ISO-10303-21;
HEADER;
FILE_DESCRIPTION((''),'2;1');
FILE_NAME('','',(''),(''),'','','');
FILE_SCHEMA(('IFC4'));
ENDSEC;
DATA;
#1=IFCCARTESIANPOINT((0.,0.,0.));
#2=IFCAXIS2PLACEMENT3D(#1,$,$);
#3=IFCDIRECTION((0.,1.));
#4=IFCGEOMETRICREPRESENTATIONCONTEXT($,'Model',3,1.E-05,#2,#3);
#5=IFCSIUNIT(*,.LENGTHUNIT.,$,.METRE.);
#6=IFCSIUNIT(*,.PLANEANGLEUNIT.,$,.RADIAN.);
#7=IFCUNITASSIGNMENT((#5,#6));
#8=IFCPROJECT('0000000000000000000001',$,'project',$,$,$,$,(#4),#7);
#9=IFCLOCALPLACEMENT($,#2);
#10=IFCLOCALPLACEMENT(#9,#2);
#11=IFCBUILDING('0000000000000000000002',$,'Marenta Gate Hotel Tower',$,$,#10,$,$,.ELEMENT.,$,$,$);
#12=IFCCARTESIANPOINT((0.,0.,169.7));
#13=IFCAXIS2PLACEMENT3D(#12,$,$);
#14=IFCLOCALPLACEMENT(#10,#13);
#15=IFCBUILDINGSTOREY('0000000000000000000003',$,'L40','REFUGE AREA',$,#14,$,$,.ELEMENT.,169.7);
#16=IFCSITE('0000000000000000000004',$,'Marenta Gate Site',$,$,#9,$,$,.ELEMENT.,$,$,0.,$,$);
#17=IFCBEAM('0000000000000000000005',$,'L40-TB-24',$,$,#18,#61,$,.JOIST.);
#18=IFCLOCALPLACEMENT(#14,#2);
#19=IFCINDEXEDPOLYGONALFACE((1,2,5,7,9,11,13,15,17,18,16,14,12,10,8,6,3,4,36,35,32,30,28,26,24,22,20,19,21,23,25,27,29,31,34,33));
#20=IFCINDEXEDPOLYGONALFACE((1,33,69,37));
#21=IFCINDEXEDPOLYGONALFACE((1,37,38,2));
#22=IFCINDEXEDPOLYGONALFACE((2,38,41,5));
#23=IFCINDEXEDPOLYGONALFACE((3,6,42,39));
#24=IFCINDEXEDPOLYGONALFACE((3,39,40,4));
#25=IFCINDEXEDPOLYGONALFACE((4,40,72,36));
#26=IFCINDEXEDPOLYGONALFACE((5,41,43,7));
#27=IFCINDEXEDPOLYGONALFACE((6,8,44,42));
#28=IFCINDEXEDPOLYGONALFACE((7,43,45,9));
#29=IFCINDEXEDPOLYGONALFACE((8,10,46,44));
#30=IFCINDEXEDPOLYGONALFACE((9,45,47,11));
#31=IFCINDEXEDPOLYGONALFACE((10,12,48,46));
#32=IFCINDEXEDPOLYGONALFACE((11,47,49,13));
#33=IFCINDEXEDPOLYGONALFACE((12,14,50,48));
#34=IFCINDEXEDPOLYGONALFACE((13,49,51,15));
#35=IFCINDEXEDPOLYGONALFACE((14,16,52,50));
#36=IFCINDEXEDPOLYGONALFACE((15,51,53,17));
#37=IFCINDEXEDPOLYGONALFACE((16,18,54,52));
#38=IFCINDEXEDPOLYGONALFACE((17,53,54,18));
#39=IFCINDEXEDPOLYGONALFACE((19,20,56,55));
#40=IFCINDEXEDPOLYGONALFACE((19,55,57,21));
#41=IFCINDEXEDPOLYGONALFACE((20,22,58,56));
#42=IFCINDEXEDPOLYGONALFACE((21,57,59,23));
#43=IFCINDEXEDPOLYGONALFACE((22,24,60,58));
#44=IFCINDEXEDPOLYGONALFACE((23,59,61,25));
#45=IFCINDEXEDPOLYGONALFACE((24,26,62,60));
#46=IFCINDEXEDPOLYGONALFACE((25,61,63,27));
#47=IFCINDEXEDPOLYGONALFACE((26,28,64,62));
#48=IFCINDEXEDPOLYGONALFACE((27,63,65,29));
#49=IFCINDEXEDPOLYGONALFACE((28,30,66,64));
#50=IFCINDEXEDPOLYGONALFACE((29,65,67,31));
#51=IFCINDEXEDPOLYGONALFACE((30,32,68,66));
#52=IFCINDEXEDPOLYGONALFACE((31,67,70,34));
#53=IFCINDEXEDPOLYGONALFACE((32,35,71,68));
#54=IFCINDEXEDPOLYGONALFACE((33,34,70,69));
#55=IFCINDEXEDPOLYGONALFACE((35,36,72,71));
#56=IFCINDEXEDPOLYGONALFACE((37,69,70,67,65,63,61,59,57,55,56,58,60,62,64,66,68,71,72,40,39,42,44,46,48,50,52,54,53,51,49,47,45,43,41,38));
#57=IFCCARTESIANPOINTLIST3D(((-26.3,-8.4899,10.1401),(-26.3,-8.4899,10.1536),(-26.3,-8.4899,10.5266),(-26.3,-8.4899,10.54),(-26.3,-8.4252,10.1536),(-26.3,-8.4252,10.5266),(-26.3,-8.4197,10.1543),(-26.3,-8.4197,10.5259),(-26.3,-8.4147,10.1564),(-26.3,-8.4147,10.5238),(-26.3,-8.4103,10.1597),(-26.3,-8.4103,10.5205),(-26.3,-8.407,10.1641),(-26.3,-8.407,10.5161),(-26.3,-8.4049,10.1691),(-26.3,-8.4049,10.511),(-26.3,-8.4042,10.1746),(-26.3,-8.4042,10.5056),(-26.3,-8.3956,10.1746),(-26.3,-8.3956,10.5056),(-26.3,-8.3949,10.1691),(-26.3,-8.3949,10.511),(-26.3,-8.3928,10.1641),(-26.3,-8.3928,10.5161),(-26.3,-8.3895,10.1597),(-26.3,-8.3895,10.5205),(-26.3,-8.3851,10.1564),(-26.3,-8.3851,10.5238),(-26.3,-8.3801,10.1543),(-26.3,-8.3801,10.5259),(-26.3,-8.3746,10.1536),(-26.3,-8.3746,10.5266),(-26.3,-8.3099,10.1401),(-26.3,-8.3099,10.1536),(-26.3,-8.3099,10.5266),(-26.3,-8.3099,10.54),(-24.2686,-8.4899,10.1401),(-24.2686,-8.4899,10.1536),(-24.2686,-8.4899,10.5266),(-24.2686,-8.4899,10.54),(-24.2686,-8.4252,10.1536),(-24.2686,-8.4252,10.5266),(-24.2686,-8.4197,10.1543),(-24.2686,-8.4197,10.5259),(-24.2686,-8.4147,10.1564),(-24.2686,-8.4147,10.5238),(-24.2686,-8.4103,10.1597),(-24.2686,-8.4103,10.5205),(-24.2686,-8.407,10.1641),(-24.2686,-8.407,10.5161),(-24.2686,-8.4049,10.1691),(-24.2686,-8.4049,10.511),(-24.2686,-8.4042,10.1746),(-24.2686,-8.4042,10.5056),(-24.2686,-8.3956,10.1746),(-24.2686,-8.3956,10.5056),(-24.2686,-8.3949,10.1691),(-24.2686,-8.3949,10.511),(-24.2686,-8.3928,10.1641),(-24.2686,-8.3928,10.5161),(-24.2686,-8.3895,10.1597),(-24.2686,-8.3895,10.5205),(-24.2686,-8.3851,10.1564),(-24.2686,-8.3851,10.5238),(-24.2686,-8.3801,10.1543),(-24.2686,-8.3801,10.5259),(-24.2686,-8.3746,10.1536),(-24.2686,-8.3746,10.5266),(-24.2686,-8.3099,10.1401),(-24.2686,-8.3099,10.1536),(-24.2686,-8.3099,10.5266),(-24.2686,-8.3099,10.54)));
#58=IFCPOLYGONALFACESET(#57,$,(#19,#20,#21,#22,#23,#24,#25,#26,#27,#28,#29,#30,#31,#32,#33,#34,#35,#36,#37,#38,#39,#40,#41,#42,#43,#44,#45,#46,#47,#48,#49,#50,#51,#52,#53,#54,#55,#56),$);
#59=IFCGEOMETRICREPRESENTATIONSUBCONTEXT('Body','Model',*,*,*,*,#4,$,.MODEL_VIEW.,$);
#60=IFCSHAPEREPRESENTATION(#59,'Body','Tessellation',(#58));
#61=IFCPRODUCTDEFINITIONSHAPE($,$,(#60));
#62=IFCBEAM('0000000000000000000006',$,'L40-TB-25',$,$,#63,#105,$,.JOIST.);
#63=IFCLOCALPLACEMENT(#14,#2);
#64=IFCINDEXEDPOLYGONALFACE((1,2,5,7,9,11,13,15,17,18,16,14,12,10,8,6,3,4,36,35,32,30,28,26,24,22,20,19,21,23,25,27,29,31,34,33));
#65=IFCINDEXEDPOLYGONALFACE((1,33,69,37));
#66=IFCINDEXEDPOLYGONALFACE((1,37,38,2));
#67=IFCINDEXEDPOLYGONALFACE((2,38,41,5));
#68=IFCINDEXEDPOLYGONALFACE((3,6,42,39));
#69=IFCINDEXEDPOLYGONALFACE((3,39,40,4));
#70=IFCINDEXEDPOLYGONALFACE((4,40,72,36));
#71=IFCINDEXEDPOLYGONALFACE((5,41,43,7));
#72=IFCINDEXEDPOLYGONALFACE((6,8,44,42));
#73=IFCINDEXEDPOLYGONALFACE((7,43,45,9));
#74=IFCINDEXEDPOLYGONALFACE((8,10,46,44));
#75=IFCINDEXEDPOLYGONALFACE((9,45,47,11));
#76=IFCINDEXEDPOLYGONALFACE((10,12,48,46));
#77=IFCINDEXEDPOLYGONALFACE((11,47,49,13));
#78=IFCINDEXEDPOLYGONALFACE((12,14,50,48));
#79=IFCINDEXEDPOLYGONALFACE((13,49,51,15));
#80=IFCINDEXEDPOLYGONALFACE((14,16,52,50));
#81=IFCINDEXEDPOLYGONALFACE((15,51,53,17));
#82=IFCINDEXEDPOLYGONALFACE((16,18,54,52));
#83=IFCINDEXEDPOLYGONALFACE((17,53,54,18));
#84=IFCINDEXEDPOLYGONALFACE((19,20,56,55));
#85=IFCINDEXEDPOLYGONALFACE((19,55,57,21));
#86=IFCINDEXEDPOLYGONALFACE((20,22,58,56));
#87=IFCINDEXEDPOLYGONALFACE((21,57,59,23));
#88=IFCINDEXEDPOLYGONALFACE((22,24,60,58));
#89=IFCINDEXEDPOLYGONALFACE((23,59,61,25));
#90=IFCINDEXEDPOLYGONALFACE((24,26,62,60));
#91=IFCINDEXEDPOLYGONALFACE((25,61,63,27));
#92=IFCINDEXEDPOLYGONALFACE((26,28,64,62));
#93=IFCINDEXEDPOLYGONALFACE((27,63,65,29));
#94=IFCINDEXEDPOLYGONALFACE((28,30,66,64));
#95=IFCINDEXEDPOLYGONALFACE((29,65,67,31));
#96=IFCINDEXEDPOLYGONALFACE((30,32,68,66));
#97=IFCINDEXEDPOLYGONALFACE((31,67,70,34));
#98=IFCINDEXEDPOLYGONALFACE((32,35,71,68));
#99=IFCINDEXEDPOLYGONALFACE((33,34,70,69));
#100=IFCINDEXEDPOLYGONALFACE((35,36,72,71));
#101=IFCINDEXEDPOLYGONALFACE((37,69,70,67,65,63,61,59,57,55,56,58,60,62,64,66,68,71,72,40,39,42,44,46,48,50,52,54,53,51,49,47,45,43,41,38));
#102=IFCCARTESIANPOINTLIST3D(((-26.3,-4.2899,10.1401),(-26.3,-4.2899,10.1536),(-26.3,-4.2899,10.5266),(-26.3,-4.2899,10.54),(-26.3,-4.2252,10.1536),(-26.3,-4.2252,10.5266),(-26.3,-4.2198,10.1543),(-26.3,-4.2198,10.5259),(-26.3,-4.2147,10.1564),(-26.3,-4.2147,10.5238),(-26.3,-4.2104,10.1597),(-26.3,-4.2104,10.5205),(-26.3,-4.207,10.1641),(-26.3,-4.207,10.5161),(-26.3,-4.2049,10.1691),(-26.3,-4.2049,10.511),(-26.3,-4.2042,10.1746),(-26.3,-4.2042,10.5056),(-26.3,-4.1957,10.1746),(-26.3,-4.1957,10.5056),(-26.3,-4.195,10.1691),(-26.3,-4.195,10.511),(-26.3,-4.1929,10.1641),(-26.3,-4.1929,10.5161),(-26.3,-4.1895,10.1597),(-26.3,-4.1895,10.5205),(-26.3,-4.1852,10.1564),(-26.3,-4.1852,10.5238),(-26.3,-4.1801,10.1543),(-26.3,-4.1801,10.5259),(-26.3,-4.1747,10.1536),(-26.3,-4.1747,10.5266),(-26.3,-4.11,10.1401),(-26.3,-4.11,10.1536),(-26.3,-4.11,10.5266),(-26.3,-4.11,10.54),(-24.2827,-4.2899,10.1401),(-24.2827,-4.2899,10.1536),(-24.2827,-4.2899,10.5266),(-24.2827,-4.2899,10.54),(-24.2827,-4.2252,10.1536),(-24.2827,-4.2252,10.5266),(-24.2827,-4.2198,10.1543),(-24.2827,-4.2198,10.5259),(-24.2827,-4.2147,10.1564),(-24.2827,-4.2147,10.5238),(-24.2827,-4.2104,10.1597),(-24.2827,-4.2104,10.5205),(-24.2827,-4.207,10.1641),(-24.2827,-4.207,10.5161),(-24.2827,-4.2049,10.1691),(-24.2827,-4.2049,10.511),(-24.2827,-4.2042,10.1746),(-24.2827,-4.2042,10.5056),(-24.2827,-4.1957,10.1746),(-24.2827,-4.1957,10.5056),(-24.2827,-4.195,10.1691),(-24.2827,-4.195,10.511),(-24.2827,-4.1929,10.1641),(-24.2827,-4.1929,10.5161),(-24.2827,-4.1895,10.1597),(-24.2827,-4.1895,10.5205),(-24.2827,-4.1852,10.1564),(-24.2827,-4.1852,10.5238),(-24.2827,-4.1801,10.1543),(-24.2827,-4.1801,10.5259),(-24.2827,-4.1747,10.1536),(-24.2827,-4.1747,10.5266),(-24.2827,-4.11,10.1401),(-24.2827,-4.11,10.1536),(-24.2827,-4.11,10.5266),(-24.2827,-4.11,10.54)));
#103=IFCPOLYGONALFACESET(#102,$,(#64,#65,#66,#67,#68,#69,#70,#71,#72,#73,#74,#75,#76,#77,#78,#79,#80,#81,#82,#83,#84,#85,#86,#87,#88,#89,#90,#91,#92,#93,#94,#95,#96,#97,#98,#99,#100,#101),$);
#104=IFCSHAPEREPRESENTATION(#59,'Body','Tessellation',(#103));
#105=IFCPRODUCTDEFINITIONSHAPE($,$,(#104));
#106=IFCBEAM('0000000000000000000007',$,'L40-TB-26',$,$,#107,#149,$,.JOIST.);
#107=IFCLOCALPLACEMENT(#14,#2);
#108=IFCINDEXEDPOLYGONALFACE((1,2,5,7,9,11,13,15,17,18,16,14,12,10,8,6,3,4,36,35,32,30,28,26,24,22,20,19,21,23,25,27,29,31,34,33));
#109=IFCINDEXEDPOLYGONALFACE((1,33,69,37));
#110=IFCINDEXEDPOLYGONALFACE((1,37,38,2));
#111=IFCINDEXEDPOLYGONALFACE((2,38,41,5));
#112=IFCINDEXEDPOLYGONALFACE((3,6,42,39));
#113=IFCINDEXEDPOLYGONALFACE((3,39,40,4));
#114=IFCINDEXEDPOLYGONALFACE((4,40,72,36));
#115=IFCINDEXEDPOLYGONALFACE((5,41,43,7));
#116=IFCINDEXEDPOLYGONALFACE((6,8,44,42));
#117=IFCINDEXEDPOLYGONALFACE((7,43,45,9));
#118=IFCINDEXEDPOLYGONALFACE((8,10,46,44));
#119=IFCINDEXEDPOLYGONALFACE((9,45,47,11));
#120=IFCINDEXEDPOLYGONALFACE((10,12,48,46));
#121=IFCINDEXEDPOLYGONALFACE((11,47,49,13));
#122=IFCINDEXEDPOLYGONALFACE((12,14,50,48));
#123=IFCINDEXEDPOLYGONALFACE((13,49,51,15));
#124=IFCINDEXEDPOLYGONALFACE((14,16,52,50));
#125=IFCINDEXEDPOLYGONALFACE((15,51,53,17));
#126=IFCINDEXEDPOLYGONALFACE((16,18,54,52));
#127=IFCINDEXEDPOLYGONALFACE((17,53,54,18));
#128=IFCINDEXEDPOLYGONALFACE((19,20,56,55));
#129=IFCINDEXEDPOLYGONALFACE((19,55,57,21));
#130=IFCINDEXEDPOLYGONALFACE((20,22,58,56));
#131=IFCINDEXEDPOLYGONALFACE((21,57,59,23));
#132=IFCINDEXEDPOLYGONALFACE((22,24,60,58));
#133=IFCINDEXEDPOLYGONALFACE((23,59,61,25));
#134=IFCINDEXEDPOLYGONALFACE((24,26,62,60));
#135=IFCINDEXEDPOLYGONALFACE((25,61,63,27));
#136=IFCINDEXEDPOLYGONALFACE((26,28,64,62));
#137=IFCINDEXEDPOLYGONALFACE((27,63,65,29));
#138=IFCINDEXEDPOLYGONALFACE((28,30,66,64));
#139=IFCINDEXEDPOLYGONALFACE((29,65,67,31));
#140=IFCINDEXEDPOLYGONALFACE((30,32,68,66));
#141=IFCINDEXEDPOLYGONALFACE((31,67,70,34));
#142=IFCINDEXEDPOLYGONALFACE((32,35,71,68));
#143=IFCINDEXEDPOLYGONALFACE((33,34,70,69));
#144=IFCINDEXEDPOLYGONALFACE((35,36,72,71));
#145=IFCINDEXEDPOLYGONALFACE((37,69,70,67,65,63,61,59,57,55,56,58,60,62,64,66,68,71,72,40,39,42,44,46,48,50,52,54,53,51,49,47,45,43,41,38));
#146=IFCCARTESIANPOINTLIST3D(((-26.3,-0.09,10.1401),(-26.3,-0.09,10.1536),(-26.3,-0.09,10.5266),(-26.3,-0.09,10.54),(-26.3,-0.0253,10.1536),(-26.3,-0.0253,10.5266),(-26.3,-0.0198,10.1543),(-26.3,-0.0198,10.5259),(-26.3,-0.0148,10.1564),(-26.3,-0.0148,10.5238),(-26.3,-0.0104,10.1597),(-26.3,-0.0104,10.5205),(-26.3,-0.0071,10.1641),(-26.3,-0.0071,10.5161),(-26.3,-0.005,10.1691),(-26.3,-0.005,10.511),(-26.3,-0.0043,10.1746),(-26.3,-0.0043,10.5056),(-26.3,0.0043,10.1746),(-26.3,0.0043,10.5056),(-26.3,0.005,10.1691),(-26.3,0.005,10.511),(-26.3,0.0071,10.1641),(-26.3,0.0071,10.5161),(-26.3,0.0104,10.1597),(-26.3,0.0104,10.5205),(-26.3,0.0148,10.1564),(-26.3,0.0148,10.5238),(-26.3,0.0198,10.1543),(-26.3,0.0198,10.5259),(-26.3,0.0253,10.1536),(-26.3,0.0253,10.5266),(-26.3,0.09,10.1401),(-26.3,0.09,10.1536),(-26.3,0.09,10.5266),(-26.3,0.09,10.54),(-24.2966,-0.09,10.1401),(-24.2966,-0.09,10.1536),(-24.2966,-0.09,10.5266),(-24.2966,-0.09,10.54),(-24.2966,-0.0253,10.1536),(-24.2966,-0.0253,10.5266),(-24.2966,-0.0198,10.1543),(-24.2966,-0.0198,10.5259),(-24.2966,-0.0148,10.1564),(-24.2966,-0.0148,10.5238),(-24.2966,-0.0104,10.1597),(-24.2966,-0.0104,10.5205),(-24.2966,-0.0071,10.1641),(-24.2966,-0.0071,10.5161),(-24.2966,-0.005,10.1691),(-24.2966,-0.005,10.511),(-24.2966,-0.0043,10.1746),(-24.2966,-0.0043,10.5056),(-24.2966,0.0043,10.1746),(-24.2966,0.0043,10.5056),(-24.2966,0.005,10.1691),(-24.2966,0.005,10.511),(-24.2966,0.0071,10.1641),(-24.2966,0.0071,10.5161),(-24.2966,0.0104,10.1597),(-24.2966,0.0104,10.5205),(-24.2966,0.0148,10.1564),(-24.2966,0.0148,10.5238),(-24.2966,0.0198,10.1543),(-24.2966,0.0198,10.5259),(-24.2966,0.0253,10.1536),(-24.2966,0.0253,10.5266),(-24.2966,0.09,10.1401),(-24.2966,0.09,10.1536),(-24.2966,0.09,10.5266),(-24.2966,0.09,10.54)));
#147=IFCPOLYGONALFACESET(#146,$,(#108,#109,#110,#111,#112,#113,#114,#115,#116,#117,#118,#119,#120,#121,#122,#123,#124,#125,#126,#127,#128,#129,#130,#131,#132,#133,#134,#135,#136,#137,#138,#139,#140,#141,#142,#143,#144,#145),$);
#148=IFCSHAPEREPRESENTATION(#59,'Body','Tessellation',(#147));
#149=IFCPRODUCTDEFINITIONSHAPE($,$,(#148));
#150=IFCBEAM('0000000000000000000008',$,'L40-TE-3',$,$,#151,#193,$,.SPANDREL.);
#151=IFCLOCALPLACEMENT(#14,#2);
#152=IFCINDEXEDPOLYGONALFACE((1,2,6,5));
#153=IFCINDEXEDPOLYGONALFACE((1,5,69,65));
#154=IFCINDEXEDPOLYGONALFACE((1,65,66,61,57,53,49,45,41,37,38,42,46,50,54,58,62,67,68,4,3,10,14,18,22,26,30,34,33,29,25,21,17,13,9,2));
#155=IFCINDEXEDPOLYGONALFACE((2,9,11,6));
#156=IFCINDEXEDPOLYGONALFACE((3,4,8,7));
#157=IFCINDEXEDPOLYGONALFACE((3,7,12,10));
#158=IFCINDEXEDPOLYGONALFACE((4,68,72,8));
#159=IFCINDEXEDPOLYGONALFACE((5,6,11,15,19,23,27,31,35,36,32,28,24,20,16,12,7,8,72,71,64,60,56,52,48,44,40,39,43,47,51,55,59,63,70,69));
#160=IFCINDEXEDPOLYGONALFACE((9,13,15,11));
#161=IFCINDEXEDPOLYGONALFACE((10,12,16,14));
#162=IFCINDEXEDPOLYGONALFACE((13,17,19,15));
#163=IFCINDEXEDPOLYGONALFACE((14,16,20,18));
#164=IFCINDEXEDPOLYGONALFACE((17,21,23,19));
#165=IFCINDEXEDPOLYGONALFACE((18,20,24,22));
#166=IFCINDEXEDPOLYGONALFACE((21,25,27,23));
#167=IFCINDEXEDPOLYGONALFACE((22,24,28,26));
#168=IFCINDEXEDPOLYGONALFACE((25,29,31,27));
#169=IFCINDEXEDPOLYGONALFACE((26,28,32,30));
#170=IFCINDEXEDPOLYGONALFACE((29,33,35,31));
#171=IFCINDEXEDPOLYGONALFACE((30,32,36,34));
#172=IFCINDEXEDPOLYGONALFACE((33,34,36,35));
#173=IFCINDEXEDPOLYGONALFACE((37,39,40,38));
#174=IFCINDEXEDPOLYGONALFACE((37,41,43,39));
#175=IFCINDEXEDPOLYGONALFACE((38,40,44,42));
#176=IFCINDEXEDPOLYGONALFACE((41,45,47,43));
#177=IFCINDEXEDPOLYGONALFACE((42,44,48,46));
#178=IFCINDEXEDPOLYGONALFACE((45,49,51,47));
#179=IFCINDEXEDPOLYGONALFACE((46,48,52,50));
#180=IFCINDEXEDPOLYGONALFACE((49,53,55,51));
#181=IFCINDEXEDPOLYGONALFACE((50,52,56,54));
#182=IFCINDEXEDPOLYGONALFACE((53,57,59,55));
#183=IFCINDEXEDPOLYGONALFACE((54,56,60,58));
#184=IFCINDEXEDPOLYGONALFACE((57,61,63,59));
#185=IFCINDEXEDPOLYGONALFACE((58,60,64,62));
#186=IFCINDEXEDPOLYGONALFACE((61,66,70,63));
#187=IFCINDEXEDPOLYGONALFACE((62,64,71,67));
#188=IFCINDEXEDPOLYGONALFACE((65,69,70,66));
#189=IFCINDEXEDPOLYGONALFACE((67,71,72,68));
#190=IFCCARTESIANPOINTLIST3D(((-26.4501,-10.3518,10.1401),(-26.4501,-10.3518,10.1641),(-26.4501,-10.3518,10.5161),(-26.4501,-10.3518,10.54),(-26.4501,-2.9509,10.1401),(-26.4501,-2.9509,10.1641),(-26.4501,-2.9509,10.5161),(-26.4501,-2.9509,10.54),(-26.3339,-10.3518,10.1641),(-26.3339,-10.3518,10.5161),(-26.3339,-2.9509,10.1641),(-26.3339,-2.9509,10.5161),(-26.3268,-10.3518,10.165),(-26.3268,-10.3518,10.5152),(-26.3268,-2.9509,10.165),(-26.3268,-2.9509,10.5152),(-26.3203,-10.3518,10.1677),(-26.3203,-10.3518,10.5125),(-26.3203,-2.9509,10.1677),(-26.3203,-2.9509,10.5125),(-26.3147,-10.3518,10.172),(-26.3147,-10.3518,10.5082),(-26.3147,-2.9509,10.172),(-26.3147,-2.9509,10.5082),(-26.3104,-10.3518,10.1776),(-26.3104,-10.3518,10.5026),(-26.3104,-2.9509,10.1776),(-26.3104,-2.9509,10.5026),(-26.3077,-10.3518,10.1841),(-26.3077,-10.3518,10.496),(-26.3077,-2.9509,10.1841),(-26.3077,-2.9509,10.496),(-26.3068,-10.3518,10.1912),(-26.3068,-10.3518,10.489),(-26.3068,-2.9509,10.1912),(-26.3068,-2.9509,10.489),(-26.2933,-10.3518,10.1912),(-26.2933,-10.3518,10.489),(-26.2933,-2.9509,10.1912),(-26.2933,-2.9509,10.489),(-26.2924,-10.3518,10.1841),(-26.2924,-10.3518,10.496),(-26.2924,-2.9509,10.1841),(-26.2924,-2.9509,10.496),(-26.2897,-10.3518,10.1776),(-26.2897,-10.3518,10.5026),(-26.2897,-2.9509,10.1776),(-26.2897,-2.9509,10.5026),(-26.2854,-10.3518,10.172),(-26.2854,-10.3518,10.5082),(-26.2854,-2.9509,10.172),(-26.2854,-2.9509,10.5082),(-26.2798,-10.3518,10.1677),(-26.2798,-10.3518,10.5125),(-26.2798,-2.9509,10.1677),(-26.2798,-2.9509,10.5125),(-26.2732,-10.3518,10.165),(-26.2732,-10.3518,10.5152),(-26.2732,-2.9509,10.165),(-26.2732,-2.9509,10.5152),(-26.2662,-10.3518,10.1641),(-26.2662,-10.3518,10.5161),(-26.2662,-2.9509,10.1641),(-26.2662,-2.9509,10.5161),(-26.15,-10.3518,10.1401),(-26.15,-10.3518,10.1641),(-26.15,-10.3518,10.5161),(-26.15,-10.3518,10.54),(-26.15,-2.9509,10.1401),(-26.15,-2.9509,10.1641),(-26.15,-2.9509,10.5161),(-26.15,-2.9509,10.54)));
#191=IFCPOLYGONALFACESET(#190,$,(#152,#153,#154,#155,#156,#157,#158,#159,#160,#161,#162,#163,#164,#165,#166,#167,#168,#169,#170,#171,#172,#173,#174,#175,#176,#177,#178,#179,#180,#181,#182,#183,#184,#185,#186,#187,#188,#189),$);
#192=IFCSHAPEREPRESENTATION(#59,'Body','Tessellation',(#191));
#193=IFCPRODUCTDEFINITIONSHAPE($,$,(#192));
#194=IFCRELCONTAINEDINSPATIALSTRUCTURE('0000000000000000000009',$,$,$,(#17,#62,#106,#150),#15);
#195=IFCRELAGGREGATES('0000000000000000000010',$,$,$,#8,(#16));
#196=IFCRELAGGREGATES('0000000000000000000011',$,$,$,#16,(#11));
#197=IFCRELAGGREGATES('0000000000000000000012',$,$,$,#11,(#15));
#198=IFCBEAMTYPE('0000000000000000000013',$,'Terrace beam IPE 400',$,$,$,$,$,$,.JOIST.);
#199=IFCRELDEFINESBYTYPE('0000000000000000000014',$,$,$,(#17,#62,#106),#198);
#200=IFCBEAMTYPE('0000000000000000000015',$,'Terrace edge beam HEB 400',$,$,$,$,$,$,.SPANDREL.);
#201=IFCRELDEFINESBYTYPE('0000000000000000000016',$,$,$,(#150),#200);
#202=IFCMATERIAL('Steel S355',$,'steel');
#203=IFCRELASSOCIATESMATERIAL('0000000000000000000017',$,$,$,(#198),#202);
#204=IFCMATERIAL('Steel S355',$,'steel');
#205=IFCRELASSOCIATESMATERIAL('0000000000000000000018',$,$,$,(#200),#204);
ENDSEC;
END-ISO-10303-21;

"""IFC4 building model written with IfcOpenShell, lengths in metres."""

from ifc_helpers import new_model, si_unit, direction, frame, origin, origin_2d, place, context, subcontext, project, spatial, i_section, extrude, material, material_profile, profile_set, type_object, element, save


model = new_model("IFC4")

# Units and contexts
model_context = context("Model", 3, precision=1e-05, world=origin(), true_north=direction((0.0, 1.0)))
body_context = subcontext(model_context, "Body", "Model", "MODEL_VIEW")
ifc_project = project(units=[si_unit("LENGTHUNIT", "METRE"), si_unit("PLANEANGLEUNIT", "RADIAN")], contexts=[model_context])

# Site, building, storey
site_placement = place(None, origin())
site = spatial("IfcSite", under=ifc_project, at=site_placement, Name="Marenta Gate Site", CompositionType="ELEMENT", RefElevation=0.0)
building_placement = place(site_placement, origin())
building = spatial("IfcBuilding", under=site, at=building_placement, Name="Marenta Gate Hotel Tower", CompositionType="ELEMENT")
storey_placement = place(building_placement, frame((0.0, 0.0, 169.7)))
storey = spatial("IfcBuildingStorey", under=building, at=storey_placement, Name="L40", Description="REFUGE AREA", CompositionType="ELEMENT", Elevation=169.7)

# Beams
ifc_material_1 = material(Name="Steel S355", Category="steel")
ifc_material_profile_1 = material_profile(ifc_material_1, i_section(OverallWidth=0.1799, OverallDepth=0.3999, WebThickness=0.0085, FlangeThickness=0.0134, FilletRadius=0.021, at=origin_2d()), Name="IPE 400")
ifc_profile_set_1 = profile_set([ifc_material_profile_1], Name="Steel S355")
beam_type_1 = type_object("IfcBeamType", Name="Terrace beam IPE 400", PredefinedType="JOIST", material=ifc_profile_set_1)
beam_1_placement = place(storey_placement, frame((-26.3, -8.3999, 10.3401), z_axis=(1.0, 0.0, 0.0), x_axis=(0.0, 1.0, 0.0)))
element("IfcBeam", 1, at=beam_1_placement, inside=storey, type_object=beam_type_1, Name="L40-TB-24", PredefinedType="JOIST", context=body_context, shape_type="SweptSolid", body=[
    extrude(i_section(OverallWidth=0.1799, OverallDepth=0.3999, WebThickness=0.0085, FlangeThickness=0.0134, FilletRadius=0.021, at=origin_2d()), origin(), (0.0, 0.0, 1.0), 2.0315),
])
beam_2_placement = place(storey_placement, frame((-26.3, -4.2, 10.3401), z_axis=(1.0, 0.0, 0.0), x_axis=(0.0, 1.0, 0.0)))
element("IfcBeam", 2, at=beam_2_placement, inside=storey, type_object=beam_type_1, Name="L40-TB-25", PredefinedType="JOIST", context=body_context, shape_type="SweptSolid", body=[
    extrude(i_section(OverallWidth=0.1799, OverallDepth=0.3999, WebThickness=0.0085, FlangeThickness=0.0134, FilletRadius=0.021, at=origin_2d()), origin(), (0.0, 0.0, 1.0), 2.0173),
])
beam_3_placement = place(storey_placement, frame((-26.3, 0.0, 10.3401), z_axis=(1.0, 0.0, 0.0), x_axis=(0.0, 1.0, 0.0)))
element("IfcBeam", 3, at=beam_3_placement, inside=storey, type_object=beam_type_1, Name="L40-TB-26", PredefinedType="JOIST", context=body_context, shape_type="SweptSolid", body=[
    extrude(i_section(OverallWidth=0.1799, OverallDepth=0.3999, WebThickness=0.0085, FlangeThickness=0.0134, FilletRadius=0.021, at=origin_2d()), origin(), (0.0, 0.0, 1.0), 2.0034),
])
ifc_material_2 = material(Name="Steel S355", Category="steel")
ifc_material_profile_2 = material_profile(ifc_material_2, i_section(OverallWidth=0.3, OverallDepth=0.3999, WebThickness=0.0134, FlangeThickness=0.0239, FilletRadius=0.0271, at=origin_2d()), Name="HEB 400")
ifc_profile_set_2 = profile_set([ifc_material_profile_2], Name="Steel S355")
beam_type_2 = type_object("IfcBeamType", Name="Terrace edge beam HEB 400", PredefinedType="SPANDREL", material=ifc_profile_set_2)
for number, where, z_axis, x_axis, name in (
    (4, (-26.3, -10.3518, 10.3401), (0.0, 1.0, 0.0), (-1.0, 0.0, 0.0), "L40-TE-3"),
):
    element("IfcBeam", number, at=place(storey_placement, frame(where, z_axis=z_axis, x_axis=x_axis)), inside=storey, type_object=beam_type_2, Name=name, PredefinedType="SPANDREL", context=body_context, shape_type="SweptSolid", body=[
        extrude(i_section(OverallWidth=0.3, OverallDepth=0.3999, WebThickness=0.0134, FlangeThickness=0.0239, FilletRadius=0.0271, at=origin_2d()), origin(), (0.0, 0.0, 1.0), 7.4009),
    ])

save(model, "model.ifc")
